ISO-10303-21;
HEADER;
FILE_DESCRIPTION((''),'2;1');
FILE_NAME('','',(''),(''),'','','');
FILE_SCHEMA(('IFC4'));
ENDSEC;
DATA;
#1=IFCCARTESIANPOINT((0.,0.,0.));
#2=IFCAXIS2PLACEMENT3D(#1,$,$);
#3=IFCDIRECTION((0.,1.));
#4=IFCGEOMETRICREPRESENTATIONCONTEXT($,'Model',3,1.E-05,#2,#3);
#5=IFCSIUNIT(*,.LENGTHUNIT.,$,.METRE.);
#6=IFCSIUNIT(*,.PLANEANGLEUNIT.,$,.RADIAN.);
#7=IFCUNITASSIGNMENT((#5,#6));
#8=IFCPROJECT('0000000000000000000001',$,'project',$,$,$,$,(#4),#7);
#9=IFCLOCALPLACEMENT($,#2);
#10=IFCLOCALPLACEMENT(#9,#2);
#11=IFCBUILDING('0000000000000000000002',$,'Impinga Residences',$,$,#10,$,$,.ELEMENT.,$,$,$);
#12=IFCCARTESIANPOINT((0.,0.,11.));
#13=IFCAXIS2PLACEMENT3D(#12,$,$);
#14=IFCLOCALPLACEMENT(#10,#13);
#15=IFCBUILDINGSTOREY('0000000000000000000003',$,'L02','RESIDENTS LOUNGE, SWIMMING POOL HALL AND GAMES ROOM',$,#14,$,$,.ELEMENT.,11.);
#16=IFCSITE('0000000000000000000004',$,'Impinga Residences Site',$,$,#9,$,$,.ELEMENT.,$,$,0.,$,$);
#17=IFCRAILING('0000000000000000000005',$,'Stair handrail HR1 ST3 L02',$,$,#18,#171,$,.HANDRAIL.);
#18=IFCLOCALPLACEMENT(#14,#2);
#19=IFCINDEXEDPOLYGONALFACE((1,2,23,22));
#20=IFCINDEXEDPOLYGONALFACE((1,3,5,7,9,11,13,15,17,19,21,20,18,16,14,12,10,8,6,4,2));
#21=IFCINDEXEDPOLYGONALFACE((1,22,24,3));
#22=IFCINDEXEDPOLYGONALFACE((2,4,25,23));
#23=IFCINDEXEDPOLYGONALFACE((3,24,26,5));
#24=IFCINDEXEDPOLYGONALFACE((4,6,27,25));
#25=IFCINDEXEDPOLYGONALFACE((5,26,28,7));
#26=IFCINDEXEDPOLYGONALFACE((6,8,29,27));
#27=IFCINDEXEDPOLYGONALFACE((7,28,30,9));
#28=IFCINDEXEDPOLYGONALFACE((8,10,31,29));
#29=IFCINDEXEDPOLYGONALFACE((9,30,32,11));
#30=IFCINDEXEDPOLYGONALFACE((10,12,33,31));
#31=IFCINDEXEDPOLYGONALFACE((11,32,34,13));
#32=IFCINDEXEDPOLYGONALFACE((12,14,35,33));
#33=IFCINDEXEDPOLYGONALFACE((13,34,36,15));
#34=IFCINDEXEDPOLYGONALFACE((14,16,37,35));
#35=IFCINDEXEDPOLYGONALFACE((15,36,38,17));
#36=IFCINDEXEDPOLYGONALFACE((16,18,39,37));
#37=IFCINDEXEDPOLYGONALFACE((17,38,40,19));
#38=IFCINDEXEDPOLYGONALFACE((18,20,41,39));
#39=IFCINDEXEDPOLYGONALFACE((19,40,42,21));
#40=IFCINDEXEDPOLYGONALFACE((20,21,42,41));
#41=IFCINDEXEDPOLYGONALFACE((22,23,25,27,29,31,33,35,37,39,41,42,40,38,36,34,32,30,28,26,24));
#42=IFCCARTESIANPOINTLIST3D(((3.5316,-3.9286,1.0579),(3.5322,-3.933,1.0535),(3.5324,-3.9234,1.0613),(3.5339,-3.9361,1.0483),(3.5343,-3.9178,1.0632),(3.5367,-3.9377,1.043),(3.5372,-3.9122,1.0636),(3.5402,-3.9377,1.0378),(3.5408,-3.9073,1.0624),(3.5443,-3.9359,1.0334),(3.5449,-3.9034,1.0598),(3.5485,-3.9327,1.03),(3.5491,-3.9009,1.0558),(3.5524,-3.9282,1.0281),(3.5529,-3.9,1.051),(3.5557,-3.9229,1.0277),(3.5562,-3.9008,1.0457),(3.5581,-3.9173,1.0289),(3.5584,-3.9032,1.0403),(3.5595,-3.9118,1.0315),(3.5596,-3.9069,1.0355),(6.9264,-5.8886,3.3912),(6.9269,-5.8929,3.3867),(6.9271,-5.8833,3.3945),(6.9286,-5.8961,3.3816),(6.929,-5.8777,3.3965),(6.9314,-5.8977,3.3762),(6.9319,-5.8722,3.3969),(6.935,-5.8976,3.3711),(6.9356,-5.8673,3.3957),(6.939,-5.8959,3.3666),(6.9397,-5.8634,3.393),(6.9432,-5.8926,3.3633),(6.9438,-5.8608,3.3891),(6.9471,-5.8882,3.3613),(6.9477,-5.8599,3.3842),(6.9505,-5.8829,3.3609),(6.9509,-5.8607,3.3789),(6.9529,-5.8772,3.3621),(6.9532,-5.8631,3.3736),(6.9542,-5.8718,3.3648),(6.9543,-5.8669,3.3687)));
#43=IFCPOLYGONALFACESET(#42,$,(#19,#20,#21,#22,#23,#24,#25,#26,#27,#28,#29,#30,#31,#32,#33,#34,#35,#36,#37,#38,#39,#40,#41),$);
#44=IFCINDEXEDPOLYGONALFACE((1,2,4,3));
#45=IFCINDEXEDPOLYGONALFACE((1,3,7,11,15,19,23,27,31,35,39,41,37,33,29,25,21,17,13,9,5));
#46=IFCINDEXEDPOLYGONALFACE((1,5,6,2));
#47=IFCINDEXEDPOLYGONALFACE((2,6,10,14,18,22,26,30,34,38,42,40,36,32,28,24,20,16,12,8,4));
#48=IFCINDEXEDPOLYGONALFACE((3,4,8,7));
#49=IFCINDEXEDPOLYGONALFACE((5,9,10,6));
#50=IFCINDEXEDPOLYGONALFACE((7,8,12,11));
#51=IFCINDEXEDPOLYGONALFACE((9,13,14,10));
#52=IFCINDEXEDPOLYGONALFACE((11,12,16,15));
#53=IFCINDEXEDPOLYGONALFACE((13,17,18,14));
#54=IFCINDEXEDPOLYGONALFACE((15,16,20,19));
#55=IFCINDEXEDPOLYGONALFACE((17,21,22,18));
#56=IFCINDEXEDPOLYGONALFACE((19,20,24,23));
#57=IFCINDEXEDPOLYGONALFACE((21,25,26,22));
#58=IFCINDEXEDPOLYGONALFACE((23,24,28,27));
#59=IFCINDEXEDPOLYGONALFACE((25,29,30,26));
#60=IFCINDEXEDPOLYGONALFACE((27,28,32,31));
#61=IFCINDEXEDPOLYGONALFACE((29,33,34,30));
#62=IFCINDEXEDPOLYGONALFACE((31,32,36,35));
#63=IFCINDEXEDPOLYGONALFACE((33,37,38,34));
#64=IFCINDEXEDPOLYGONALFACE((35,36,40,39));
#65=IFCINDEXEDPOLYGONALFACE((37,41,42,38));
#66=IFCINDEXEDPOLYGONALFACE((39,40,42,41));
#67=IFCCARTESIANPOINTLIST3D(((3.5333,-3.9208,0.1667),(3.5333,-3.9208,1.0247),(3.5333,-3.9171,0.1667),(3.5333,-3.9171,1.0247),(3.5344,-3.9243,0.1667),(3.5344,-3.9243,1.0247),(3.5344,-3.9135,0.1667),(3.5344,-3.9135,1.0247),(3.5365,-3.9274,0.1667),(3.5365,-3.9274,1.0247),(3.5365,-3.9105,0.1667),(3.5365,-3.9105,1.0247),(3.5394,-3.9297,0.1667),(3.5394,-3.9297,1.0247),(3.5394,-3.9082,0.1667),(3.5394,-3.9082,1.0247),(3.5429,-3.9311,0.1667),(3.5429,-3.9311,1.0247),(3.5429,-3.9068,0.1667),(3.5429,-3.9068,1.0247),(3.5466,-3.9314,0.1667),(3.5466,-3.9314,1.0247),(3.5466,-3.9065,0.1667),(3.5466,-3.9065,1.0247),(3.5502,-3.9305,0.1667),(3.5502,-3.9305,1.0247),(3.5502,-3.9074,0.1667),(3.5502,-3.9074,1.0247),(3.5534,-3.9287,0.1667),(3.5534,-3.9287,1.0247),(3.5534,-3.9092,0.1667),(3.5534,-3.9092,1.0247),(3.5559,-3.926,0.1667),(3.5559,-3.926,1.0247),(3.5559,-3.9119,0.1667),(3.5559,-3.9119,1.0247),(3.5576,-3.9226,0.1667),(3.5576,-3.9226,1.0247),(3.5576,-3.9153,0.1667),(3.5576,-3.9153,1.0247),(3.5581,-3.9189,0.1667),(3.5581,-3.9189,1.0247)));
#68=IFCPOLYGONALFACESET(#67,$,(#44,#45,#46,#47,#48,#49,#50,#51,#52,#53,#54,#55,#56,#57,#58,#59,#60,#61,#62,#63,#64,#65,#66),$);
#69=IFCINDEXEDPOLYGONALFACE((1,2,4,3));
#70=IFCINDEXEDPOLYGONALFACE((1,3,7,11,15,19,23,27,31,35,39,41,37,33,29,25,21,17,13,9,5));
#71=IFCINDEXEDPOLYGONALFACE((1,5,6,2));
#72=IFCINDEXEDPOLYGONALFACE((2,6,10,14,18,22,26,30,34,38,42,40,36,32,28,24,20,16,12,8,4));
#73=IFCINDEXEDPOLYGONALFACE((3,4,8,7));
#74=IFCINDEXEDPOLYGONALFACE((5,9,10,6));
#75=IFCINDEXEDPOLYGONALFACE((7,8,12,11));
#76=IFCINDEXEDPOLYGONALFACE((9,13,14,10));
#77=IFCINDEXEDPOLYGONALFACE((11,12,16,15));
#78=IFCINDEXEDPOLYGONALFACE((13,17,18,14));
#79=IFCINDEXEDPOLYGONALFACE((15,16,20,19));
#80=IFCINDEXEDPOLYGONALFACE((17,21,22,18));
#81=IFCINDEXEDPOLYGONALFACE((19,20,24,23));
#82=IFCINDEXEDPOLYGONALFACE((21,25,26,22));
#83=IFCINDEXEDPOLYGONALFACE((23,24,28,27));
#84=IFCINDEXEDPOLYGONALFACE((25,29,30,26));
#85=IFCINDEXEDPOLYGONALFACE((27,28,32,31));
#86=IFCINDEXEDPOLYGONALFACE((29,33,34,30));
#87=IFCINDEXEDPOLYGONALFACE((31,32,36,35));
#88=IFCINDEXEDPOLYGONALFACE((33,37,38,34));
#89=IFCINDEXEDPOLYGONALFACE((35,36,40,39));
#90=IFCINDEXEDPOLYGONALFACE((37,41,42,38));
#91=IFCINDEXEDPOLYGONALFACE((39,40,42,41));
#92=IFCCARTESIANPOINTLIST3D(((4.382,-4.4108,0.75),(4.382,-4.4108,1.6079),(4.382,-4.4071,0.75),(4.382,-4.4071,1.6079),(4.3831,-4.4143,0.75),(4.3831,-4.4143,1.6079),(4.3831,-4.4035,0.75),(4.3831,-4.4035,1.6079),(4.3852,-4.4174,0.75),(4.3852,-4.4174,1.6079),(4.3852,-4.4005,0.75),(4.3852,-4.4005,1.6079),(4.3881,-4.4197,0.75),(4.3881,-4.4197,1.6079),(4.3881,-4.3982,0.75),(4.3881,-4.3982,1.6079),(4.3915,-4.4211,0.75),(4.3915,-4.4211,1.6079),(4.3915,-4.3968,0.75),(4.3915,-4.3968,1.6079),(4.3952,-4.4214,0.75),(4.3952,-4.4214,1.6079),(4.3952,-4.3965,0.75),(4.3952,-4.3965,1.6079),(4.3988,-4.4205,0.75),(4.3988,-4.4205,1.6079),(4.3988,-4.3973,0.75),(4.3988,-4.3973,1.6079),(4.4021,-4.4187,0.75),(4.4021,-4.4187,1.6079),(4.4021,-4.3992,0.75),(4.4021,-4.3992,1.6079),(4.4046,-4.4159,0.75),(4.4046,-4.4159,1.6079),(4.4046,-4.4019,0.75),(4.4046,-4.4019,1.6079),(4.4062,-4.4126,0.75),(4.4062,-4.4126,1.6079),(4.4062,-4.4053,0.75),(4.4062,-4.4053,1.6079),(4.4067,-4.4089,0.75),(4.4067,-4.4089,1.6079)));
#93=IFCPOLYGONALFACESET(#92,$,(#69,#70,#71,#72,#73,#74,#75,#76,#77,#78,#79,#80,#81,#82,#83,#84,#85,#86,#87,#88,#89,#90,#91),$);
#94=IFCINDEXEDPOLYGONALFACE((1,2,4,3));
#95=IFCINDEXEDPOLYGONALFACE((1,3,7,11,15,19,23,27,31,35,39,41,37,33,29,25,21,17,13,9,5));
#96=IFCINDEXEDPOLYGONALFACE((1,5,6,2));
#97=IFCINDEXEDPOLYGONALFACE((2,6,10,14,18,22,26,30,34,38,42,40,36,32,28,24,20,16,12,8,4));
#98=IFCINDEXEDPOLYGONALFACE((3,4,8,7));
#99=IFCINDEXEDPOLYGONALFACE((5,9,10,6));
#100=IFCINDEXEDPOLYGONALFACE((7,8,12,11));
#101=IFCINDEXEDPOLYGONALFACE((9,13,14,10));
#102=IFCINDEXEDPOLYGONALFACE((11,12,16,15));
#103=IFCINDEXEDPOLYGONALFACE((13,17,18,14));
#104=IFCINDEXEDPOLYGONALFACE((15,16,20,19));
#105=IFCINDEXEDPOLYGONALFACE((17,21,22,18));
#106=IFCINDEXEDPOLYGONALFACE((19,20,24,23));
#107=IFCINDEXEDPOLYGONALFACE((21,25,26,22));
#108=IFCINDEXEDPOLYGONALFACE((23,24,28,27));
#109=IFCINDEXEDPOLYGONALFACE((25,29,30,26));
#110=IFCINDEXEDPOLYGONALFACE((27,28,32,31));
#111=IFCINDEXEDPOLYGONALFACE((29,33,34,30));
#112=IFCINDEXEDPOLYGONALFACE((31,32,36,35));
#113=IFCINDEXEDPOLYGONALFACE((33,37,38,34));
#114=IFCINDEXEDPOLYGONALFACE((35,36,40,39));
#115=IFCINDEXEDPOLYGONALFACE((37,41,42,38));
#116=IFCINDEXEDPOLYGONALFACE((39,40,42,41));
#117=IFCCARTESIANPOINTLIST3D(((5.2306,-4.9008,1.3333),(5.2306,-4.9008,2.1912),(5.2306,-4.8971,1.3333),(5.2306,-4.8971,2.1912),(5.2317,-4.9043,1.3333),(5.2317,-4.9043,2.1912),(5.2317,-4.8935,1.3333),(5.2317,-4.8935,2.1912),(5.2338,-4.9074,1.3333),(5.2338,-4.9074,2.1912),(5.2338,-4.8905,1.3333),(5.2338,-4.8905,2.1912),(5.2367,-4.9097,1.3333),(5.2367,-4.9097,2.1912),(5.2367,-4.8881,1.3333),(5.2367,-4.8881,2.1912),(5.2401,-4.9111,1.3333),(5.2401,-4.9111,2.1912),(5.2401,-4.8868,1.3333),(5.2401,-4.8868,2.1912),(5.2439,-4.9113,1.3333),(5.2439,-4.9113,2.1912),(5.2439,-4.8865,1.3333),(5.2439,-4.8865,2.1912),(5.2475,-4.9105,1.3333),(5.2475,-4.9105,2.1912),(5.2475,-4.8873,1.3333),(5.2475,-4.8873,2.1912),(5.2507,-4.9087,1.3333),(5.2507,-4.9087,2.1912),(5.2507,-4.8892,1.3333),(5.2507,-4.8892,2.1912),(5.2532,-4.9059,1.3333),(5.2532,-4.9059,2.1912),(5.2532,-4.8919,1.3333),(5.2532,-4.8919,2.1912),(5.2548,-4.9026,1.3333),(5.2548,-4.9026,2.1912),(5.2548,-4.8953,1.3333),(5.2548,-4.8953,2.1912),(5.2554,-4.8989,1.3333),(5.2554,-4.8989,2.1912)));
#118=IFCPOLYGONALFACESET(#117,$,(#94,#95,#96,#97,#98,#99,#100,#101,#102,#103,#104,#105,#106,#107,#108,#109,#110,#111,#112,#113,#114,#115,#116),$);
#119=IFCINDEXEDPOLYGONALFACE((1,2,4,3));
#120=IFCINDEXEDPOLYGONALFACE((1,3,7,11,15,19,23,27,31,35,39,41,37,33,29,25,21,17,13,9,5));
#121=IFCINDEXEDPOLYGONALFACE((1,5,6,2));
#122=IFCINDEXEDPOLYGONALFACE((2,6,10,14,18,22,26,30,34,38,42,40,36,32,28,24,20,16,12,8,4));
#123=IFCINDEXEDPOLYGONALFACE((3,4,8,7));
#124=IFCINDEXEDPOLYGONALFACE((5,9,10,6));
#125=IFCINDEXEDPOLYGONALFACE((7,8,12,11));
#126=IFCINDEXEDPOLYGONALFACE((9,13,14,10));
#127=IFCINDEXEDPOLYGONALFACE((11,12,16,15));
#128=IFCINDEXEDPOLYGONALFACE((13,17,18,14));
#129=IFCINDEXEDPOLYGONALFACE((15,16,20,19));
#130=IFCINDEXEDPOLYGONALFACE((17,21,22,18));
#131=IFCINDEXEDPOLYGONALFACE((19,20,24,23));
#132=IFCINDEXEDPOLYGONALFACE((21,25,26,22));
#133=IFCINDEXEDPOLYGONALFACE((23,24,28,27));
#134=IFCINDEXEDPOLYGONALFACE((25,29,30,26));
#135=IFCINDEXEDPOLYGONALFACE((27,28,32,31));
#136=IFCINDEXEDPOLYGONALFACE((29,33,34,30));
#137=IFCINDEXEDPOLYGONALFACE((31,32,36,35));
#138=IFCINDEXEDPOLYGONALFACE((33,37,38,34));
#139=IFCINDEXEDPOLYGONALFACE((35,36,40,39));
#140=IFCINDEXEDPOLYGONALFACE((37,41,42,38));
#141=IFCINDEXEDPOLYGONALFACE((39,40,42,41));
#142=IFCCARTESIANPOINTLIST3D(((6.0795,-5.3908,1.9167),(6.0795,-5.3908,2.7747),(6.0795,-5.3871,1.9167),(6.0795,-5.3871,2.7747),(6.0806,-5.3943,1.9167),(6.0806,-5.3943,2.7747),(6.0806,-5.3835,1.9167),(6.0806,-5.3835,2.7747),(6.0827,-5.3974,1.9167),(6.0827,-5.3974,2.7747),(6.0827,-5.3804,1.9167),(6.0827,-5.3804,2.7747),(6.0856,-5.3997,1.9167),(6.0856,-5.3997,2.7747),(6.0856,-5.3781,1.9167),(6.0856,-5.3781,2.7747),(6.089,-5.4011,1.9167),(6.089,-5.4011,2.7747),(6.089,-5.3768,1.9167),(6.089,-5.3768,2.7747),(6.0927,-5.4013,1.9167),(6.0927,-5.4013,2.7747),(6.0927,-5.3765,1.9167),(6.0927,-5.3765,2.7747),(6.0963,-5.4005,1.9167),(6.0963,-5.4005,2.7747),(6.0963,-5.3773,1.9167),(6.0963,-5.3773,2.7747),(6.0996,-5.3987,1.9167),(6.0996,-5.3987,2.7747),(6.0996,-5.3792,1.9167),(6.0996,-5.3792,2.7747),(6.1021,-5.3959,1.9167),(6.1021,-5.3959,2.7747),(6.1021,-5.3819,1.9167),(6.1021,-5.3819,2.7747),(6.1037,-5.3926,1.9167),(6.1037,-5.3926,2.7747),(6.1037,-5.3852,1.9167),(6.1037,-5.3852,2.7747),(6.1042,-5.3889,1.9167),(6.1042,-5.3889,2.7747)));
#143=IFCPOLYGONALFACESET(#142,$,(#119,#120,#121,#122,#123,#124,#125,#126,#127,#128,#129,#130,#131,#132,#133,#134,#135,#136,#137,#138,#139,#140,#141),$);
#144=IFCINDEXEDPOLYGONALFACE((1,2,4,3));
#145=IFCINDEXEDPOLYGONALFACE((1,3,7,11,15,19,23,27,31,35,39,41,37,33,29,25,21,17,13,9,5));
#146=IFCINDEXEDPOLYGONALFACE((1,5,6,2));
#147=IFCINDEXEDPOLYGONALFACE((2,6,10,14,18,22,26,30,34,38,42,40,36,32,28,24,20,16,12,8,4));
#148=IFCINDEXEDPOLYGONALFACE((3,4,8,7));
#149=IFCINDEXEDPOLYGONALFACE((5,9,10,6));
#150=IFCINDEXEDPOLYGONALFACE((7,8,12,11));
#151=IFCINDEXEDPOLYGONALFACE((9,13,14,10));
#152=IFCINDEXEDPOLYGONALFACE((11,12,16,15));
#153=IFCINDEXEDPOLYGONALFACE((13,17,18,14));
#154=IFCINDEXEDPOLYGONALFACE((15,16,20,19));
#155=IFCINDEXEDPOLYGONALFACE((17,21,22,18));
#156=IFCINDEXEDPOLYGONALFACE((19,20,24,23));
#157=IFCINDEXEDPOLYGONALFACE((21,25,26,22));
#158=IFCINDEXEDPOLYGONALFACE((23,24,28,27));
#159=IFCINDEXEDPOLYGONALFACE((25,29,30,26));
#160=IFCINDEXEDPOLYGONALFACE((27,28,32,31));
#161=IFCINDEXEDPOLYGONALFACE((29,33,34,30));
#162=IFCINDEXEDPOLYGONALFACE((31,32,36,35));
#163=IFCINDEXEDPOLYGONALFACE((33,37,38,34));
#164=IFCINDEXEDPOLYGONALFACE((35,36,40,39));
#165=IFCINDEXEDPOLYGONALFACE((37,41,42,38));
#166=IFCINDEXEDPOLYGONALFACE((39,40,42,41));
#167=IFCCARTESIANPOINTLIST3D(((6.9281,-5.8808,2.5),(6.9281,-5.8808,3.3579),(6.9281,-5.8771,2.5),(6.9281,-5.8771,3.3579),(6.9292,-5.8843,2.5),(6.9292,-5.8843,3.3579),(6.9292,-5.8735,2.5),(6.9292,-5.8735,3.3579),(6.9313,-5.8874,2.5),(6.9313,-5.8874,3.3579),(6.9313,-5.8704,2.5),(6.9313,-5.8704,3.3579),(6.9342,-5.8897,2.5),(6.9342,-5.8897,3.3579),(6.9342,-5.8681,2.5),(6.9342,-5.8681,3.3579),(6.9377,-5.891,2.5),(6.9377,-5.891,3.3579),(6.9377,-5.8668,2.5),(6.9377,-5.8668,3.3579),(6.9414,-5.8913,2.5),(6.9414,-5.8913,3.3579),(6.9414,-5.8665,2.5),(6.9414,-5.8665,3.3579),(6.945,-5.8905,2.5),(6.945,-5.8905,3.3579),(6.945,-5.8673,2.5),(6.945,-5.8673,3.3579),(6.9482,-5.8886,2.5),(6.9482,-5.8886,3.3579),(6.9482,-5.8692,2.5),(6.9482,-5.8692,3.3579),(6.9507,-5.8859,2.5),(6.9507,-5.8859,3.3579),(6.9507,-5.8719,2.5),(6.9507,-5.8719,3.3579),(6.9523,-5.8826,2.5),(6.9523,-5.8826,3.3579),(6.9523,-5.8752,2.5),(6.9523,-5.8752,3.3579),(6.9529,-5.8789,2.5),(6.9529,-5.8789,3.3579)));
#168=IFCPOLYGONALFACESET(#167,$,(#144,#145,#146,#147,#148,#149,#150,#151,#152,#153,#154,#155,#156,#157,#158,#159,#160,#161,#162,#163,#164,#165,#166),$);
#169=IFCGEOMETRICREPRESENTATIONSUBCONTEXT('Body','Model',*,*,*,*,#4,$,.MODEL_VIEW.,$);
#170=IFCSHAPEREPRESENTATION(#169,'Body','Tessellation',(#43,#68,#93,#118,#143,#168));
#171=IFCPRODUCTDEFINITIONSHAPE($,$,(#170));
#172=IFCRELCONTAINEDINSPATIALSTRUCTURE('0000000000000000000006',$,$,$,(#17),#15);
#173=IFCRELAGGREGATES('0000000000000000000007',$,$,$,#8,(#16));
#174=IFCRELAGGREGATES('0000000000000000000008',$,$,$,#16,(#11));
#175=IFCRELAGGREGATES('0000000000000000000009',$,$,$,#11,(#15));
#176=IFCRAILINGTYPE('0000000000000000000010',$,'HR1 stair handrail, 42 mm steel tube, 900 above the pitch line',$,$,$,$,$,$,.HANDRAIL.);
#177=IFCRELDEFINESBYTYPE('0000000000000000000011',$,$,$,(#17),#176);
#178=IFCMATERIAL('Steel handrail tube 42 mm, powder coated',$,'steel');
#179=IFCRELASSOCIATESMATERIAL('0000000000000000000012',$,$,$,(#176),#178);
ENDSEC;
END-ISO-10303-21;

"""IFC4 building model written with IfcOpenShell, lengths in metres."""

from ifc_helpers import new_model, si_unit, direction, frame, origin, origin_2d, place, context, subcontext, project, spatial, circle, extrude, material, type_object, element, save


model = new_model("IFC4")

# Units and contexts
model_context = context("Model", 3, precision=1e-05, world=origin(), true_north=direction((0.0, 1.0)))
body_context = subcontext(model_context, "Body", "Model", "MODEL_VIEW")
ifc_project = project(units=[si_unit("LENGTHUNIT", "METRE"), si_unit("PLANEANGLEUNIT", "RADIAN")], contexts=[model_context])

# Site, building, storey
site_placement = place(None, origin())
site = spatial("IfcSite", under=ifc_project, at=site_placement, Name="Impinga Residences Site", CompositionType="ELEMENT", RefElevation=0.0)
building_placement = place(site_placement, origin())
building = spatial("IfcBuilding", under=site, at=building_placement, Name="Impinga Residences", CompositionType="ELEMENT")
storey_placement = place(building_placement, frame((0.0, 0.0, 11.0)))
storey = spatial("IfcBuildingStorey", under=building, at=storey_placement, Name="L02", Description="RESIDENTS LOUNGE, SWIMMING POOL HALL AND GAMES ROOM", CompositionType="ELEMENT", Elevation=11.0)

# Railing
ifc_material_1 = material(Name="Steel handrail tube 42 mm, powder coated", Category="steel")
railing_type_1 = type_object("IfcRailingType", Name="HR1 stair handrail, 42 mm steel tube, 900 above the pitch line", PredefinedType="HANDRAIL", material=ifc_material_1)
railing_1_placement = place(storey_placement, frame((3.5457, -3.9189, 0.1667)))
element("IfcRailing", 1, at=railing_1_placement, inside=storey, type_object=railing_type_1, Name="Stair handrail HR1 ST3 L02", PredefinedType="HANDRAIL", context=body_context, shape_type="SweptSolid", body=[
    extrude(circle(Radius=0.021, at=origin_2d()), frame((0.0, 0.0, 0.8789), z_axis=(0.744175, -0.429646, 0.511476), x_axis=(0.499997, 0.866027, 0.0)), (0.0, 0.0, 1.0), 4.5618),
    extrude(circle(Radius=0.0125, at=origin_2d()), origin(), (0.0, 0.0, 1.0), 0.8579),
    extrude(circle(Radius=0.0125, at=origin_2d()), frame((0.8486, -0.49, 0.5833)), (0.0, 0.0, 1.0), 0.8579),
    extrude(circle(Radius=0.0125, at=origin_2d()), frame((1.6973, -0.98, 1.1665)), (0.0, 0.0, 1.0), 0.8579),
    extrude(circle(Radius=0.0125, at=origin_2d()), frame((2.5461, -1.47, 1.75)), (0.0, 0.0, 1.0), 0.8579),
    extrude(circle(Radius=0.0125, at=origin_2d()), frame((3.3948, -1.96, 2.3333)), (0.0, 0.0, 1.0), 0.8579),
])

save(model, "model.ifc")
